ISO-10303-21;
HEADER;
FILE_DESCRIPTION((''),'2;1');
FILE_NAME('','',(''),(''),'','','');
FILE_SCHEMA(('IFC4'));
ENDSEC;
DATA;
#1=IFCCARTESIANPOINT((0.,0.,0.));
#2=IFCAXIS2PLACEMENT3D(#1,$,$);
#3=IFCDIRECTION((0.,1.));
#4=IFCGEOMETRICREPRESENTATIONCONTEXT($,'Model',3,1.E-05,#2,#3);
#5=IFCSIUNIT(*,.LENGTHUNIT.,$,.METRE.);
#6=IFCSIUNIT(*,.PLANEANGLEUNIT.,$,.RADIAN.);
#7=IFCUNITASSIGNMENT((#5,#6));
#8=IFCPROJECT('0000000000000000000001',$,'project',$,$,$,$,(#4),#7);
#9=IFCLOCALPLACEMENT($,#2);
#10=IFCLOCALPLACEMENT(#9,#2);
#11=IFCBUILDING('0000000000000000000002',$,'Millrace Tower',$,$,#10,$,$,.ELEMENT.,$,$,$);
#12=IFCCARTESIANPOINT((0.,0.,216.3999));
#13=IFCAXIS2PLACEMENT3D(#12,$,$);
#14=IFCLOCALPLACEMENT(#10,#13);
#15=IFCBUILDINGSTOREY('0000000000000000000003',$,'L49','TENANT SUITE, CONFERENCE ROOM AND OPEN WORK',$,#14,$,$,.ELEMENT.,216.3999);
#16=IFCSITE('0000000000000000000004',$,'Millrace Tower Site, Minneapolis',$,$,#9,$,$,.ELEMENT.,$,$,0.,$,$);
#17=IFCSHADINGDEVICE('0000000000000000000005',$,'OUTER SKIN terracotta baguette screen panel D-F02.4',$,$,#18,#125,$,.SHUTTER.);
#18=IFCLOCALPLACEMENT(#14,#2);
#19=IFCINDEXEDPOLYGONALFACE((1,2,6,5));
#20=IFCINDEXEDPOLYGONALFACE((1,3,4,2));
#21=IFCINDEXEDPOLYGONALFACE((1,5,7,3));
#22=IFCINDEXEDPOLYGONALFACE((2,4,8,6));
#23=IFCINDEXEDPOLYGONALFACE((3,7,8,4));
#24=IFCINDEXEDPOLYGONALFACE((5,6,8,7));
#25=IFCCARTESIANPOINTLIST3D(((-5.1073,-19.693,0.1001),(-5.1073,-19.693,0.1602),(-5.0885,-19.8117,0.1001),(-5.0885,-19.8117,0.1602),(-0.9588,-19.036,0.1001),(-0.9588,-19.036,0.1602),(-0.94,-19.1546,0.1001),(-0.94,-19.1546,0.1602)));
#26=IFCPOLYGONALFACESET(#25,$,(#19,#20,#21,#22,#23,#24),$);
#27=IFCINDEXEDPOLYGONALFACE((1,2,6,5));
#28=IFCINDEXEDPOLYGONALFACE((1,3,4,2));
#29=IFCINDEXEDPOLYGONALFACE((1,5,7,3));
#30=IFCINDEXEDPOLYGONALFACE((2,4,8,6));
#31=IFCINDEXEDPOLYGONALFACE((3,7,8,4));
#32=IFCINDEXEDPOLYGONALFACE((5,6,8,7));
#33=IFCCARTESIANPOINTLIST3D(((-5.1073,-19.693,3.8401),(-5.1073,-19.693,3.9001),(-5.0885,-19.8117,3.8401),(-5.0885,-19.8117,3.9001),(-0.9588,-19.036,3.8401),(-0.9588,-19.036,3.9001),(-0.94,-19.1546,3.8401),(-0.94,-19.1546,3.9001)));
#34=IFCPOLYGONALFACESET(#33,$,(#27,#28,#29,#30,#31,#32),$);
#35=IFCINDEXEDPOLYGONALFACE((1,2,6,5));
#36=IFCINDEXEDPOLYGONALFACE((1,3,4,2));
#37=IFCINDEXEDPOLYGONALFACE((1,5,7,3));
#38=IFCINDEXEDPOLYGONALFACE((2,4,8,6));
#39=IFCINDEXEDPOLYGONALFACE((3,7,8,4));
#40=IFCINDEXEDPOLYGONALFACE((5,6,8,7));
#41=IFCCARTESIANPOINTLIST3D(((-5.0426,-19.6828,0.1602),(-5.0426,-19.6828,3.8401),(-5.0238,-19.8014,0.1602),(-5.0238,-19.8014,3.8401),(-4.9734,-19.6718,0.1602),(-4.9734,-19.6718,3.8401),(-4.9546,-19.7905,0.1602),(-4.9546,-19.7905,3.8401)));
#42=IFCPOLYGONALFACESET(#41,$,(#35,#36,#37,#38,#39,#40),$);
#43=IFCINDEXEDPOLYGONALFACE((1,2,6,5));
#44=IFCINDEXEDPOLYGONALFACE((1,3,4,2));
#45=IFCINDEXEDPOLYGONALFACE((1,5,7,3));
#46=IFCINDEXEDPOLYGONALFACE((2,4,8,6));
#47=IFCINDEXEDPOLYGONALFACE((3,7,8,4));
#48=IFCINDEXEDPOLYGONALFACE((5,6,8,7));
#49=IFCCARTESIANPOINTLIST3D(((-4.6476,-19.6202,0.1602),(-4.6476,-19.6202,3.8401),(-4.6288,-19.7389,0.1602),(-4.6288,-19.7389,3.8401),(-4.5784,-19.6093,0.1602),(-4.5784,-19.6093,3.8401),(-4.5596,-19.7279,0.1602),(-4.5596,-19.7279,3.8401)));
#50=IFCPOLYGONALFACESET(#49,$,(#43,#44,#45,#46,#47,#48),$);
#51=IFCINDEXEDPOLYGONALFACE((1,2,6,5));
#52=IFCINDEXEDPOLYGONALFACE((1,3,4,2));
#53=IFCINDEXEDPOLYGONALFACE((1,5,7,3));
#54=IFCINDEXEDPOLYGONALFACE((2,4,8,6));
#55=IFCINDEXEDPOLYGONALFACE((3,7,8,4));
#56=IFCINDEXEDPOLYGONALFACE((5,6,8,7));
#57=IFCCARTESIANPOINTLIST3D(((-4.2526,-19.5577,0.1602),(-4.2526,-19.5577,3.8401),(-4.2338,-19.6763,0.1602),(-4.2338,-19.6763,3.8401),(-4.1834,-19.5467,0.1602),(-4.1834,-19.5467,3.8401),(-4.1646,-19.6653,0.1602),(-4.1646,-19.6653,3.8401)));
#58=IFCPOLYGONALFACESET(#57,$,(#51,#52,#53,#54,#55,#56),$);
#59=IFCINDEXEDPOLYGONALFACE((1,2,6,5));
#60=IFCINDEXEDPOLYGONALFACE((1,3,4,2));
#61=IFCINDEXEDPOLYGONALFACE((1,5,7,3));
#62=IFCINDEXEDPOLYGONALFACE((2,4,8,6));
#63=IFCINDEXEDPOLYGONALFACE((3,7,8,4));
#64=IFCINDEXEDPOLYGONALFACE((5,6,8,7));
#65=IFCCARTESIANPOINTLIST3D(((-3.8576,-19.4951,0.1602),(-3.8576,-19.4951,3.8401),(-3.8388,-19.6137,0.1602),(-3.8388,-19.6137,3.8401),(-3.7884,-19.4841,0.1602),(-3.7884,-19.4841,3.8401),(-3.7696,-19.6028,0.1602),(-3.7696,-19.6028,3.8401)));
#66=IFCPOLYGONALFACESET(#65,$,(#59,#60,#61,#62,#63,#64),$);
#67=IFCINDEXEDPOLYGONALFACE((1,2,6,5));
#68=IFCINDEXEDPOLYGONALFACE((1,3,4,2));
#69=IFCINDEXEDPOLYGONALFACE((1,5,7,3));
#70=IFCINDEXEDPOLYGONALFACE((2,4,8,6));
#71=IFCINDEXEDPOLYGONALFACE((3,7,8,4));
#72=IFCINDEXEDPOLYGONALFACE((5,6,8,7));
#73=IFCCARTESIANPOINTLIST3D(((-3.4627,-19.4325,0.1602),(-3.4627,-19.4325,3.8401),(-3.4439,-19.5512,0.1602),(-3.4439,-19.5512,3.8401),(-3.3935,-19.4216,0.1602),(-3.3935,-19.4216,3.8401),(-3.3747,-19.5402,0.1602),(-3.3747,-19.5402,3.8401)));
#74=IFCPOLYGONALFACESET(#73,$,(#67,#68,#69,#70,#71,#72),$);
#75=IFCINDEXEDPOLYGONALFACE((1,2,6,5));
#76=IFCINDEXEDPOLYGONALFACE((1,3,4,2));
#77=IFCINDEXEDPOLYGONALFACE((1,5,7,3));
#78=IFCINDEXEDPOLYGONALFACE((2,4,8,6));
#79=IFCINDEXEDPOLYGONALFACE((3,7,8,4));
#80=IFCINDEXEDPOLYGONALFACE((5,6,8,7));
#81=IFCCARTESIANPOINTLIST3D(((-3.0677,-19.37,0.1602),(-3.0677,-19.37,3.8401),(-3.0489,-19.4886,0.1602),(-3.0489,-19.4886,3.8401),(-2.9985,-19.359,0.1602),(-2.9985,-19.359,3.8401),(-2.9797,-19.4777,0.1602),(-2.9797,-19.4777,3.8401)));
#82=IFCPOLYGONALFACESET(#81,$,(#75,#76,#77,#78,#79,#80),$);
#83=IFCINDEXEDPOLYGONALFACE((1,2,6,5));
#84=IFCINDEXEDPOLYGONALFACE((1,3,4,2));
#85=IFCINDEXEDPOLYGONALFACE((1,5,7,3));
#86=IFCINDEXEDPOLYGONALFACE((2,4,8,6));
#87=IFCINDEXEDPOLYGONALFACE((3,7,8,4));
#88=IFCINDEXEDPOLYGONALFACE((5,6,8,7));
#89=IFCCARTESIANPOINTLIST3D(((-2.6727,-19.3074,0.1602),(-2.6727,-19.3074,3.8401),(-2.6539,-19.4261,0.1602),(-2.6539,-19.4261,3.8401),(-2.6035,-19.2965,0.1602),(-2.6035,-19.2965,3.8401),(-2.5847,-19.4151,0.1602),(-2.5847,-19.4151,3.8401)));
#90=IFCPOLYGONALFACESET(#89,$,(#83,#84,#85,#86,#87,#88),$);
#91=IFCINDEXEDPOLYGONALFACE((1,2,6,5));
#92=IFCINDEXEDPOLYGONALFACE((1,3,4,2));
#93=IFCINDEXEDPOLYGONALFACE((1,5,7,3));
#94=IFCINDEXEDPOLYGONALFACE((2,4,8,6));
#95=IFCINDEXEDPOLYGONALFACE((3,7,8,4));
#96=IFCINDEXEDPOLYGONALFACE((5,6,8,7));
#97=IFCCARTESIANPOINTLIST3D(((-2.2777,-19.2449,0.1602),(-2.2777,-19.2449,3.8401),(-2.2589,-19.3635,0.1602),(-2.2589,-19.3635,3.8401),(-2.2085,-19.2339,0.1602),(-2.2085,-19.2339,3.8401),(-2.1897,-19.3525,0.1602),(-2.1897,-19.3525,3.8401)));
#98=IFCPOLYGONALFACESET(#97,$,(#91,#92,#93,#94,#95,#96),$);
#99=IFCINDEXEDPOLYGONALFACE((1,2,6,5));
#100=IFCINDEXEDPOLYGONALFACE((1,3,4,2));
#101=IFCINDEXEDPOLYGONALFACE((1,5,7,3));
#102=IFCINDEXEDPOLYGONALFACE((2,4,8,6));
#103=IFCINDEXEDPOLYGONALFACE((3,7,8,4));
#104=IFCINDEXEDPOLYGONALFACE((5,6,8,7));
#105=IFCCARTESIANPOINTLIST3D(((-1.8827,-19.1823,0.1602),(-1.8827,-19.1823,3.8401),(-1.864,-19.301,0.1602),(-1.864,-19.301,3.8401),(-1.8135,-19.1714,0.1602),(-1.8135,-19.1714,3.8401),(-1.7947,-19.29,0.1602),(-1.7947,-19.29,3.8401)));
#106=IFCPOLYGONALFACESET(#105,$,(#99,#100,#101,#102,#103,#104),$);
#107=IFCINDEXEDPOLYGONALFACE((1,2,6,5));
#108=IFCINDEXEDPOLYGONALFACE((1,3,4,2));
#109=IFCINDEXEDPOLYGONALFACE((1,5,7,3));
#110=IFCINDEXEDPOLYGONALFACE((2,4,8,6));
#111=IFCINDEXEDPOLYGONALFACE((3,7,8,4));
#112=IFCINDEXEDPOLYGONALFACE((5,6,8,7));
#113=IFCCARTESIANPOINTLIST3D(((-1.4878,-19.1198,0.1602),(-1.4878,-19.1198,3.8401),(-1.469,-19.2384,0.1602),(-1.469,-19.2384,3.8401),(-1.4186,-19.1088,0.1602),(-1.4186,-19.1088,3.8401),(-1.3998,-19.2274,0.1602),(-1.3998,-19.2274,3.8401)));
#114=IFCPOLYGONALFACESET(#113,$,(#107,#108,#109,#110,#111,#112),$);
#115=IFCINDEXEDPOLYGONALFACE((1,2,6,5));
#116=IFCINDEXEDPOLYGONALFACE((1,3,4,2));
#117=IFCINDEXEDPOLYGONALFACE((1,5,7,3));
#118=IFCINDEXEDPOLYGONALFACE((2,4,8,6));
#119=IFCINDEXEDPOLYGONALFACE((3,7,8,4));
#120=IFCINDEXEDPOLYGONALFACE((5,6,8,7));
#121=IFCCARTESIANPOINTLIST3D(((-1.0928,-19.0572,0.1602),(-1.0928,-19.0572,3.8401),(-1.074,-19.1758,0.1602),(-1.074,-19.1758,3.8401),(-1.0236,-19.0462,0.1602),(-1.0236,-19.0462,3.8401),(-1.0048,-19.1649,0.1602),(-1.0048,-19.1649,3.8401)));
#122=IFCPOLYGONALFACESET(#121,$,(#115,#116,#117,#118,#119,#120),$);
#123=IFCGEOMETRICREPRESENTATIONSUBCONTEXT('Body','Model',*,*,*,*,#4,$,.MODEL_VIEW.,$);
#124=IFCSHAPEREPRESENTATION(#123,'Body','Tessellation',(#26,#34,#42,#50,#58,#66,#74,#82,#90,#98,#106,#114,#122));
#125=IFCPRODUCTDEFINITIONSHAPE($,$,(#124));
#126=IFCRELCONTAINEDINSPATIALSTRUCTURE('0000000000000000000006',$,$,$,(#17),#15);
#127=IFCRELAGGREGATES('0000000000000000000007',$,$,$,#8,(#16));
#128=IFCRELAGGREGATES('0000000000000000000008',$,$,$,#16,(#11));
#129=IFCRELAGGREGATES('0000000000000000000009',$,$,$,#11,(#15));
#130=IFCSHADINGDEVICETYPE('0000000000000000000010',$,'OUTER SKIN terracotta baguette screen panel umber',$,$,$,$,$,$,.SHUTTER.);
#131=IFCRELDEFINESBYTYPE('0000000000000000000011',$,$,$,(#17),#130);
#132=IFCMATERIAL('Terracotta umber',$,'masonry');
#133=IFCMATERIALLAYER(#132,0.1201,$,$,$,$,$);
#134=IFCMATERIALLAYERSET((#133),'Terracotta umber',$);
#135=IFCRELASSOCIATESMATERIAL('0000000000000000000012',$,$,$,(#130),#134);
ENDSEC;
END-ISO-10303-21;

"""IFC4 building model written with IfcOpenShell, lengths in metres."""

from ifc_helpers import new_model, entity, si_unit, direction, frame, frame_2d, origin, origin_2d, place, context, subcontext, project, spatial, rectangle, extrude, source, transform, mapped, material, layer, layer_set, type_object, element, save


model = new_model("IFC4")

# Units and contexts
model_context = context("Model", 3, precision=1e-05, world=origin(), true_north=direction((0.0, 1.0)))
body_context = subcontext(model_context, "Body", "Model", "MODEL_VIEW")
ifc_project = project(units=[si_unit("LENGTHUNIT", "METRE"), si_unit("PLANEANGLEUNIT", "RADIAN")], contexts=[model_context])

# Site, building, storey
site_placement = place(None, origin())
site = spatial("IfcSite", under=ifc_project, at=site_placement, Name="Millrace Tower Site, Minneapolis", CompositionType="ELEMENT", RefElevation=0.0)
building_placement = place(site_placement, origin())
building = spatial("IfcBuilding", under=site, at=building_placement, Name="Millrace Tower", CompositionType="ELEMENT")
storey_placement = place(building_placement, frame((0.0, 0.0, 216.3999)))
storey = spatial("IfcBuildingStorey", under=building, at=storey_placement, Name="L49", Description="TENANT SUITE, CONFERENCE ROOM AND OPEN WORK", CompositionType="ELEMENT", Elevation=216.3999)

# Shading device
ifc_material_1 = material(Name="Terracotta umber", Category="masonry")
ifc_layer_1 = layer(ifc_material_1, 0.1201)
ifc_layer_set_1 = layer_set([ifc_layer_1], Name="Terracotta umber")
shading_device_type = type_object("IfcShadingDeviceType", Name="OUTER SKIN terracotta baguette screen panel umber", PredefinedType="SHUTTER", material=ifc_layer_set_1)
cartesian_point = entity("IfcCartesianPoint", [-2.1001, 0.0601])
shared_polyline = entity("IfcPolyline", [cartesian_point, entity("IfcCartesianPoint", [2.1001, 0.0601]), entity("IfcCartesianPoint", [2.1001, -0.0601]), entity("IfcCartesianPoint", [-2.1001, -0.0601]), cartesian_point])
shared_shape = source(origin(), body_context, "Body", "SweptSolid", [
    entity("IfcExtrudedAreaSolid", entity("IfcArbitraryClosedProfileDef", "AREA", None, shared_polyline), entity("IfcAxis2Placement3D", entity("IfcCartesianPoint", [0.0, 0.0, 0.0])), entity("IfcDirection", [0.0, 0.0, 1.0]), 0.0601),
    entity("IfcExtrudedAreaSolid", entity("IfcArbitraryClosedProfileDef", "AREA", None, shared_polyline), entity("IfcAxis2Placement3D", entity("IfcCartesianPoint", [0.0, 0.0, 3.74])), entity("IfcDirection", [0.0, 0.0, 1.0]), 0.0601),
    extrude(rectangle(XDim=0.0701, YDim=0.1201, at=frame_2d((-1.9995, 0.0))), frame((0.0, 0.0, 0.0601)), (0.0, 0.0, 1.0), 3.6799),
    extrude(rectangle(XDim=0.0701, YDim=0.1201, at=frame_2d((-1.5996, 0.0))), frame((0.0, 0.0, 0.0601)), (0.0, 0.0, 1.0), 3.6799),
    extrude(rectangle(XDim=0.0701, YDim=0.1201, at=frame_2d((-1.1997, 0.0))), frame((0.0, 0.0, 0.0601)), (0.0, 0.0, 1.0), 3.6799),
    extrude(rectangle(XDim=0.0701, YDim=0.1201, at=frame_2d((-0.7998, 0.0))), frame((0.0, 0.0, 0.0601)), (0.0, 0.0, 1.0), 3.6799),
    extrude(rectangle(XDim=0.0701, YDim=0.1201, at=frame_2d((-0.3999, 0.0))), frame((0.0, 0.0, 0.0601)), (0.0, 0.0, 1.0), 3.6799),
    extrude(rectangle(XDim=0.0701, YDim=0.1201, at=origin_2d()), frame((0.0, 0.0, 0.0601)), (0.0, 0.0, 1.0), 3.6799),
    extrude(rectangle(XDim=0.0701, YDim=0.1201, at=frame_2d((0.3999, 0.0))), frame((0.0, 0.0, 0.0601)), (0.0, 0.0, 1.0), 3.6799),
    extrude(rectangle(XDim=0.0701, YDim=0.1201, at=frame_2d((0.7998, 0.0))), frame((0.0, 0.0, 0.0601)), (0.0, 0.0, 1.0), 3.6799),
    extrude(rectangle(XDim=0.0701, YDim=0.1201, at=frame_2d((1.1997, 0.0))), frame((0.0, 0.0, 0.0601)), (0.0, 0.0, 1.0), 3.6799),
    extrude(rectangle(XDim=0.0701, YDim=0.1201, at=frame_2d((1.5996, 0.0))), frame((0.0, 0.0, 0.0601)), (0.0, 0.0, 1.0), 3.6799),
    extrude(rectangle(XDim=0.0701, YDim=0.1201, at=frame_2d((1.9995, 0.0))), frame((0.0, 0.0, 0.0601)), (0.0, 0.0, 1.0), 3.6799),
])
for number, where, z_axis, x_axis, name in (
    (1, (-3.0237, -19.4238, 0.1001), (0.0, 0.0, 1.0), (0.987688, 0.156434, 0.0), "OUTER SKIN terracotta baguette screen panel D-F02.4"),
):
    element("IfcShadingDevice", number, at=place(storey_placement, frame(where, z_axis=z_axis, x_axis=x_axis)), inside=storey, type_object=shading_device_type, Name=name, PredefinedType="SHUTTER", context=body_context, shape_type="MappedRepresentation", body=[
        mapped(shared_shape, transform((0.0, 0.0, 0.0), scale=1.0)),
    ])

save(model, "model.ifc")
